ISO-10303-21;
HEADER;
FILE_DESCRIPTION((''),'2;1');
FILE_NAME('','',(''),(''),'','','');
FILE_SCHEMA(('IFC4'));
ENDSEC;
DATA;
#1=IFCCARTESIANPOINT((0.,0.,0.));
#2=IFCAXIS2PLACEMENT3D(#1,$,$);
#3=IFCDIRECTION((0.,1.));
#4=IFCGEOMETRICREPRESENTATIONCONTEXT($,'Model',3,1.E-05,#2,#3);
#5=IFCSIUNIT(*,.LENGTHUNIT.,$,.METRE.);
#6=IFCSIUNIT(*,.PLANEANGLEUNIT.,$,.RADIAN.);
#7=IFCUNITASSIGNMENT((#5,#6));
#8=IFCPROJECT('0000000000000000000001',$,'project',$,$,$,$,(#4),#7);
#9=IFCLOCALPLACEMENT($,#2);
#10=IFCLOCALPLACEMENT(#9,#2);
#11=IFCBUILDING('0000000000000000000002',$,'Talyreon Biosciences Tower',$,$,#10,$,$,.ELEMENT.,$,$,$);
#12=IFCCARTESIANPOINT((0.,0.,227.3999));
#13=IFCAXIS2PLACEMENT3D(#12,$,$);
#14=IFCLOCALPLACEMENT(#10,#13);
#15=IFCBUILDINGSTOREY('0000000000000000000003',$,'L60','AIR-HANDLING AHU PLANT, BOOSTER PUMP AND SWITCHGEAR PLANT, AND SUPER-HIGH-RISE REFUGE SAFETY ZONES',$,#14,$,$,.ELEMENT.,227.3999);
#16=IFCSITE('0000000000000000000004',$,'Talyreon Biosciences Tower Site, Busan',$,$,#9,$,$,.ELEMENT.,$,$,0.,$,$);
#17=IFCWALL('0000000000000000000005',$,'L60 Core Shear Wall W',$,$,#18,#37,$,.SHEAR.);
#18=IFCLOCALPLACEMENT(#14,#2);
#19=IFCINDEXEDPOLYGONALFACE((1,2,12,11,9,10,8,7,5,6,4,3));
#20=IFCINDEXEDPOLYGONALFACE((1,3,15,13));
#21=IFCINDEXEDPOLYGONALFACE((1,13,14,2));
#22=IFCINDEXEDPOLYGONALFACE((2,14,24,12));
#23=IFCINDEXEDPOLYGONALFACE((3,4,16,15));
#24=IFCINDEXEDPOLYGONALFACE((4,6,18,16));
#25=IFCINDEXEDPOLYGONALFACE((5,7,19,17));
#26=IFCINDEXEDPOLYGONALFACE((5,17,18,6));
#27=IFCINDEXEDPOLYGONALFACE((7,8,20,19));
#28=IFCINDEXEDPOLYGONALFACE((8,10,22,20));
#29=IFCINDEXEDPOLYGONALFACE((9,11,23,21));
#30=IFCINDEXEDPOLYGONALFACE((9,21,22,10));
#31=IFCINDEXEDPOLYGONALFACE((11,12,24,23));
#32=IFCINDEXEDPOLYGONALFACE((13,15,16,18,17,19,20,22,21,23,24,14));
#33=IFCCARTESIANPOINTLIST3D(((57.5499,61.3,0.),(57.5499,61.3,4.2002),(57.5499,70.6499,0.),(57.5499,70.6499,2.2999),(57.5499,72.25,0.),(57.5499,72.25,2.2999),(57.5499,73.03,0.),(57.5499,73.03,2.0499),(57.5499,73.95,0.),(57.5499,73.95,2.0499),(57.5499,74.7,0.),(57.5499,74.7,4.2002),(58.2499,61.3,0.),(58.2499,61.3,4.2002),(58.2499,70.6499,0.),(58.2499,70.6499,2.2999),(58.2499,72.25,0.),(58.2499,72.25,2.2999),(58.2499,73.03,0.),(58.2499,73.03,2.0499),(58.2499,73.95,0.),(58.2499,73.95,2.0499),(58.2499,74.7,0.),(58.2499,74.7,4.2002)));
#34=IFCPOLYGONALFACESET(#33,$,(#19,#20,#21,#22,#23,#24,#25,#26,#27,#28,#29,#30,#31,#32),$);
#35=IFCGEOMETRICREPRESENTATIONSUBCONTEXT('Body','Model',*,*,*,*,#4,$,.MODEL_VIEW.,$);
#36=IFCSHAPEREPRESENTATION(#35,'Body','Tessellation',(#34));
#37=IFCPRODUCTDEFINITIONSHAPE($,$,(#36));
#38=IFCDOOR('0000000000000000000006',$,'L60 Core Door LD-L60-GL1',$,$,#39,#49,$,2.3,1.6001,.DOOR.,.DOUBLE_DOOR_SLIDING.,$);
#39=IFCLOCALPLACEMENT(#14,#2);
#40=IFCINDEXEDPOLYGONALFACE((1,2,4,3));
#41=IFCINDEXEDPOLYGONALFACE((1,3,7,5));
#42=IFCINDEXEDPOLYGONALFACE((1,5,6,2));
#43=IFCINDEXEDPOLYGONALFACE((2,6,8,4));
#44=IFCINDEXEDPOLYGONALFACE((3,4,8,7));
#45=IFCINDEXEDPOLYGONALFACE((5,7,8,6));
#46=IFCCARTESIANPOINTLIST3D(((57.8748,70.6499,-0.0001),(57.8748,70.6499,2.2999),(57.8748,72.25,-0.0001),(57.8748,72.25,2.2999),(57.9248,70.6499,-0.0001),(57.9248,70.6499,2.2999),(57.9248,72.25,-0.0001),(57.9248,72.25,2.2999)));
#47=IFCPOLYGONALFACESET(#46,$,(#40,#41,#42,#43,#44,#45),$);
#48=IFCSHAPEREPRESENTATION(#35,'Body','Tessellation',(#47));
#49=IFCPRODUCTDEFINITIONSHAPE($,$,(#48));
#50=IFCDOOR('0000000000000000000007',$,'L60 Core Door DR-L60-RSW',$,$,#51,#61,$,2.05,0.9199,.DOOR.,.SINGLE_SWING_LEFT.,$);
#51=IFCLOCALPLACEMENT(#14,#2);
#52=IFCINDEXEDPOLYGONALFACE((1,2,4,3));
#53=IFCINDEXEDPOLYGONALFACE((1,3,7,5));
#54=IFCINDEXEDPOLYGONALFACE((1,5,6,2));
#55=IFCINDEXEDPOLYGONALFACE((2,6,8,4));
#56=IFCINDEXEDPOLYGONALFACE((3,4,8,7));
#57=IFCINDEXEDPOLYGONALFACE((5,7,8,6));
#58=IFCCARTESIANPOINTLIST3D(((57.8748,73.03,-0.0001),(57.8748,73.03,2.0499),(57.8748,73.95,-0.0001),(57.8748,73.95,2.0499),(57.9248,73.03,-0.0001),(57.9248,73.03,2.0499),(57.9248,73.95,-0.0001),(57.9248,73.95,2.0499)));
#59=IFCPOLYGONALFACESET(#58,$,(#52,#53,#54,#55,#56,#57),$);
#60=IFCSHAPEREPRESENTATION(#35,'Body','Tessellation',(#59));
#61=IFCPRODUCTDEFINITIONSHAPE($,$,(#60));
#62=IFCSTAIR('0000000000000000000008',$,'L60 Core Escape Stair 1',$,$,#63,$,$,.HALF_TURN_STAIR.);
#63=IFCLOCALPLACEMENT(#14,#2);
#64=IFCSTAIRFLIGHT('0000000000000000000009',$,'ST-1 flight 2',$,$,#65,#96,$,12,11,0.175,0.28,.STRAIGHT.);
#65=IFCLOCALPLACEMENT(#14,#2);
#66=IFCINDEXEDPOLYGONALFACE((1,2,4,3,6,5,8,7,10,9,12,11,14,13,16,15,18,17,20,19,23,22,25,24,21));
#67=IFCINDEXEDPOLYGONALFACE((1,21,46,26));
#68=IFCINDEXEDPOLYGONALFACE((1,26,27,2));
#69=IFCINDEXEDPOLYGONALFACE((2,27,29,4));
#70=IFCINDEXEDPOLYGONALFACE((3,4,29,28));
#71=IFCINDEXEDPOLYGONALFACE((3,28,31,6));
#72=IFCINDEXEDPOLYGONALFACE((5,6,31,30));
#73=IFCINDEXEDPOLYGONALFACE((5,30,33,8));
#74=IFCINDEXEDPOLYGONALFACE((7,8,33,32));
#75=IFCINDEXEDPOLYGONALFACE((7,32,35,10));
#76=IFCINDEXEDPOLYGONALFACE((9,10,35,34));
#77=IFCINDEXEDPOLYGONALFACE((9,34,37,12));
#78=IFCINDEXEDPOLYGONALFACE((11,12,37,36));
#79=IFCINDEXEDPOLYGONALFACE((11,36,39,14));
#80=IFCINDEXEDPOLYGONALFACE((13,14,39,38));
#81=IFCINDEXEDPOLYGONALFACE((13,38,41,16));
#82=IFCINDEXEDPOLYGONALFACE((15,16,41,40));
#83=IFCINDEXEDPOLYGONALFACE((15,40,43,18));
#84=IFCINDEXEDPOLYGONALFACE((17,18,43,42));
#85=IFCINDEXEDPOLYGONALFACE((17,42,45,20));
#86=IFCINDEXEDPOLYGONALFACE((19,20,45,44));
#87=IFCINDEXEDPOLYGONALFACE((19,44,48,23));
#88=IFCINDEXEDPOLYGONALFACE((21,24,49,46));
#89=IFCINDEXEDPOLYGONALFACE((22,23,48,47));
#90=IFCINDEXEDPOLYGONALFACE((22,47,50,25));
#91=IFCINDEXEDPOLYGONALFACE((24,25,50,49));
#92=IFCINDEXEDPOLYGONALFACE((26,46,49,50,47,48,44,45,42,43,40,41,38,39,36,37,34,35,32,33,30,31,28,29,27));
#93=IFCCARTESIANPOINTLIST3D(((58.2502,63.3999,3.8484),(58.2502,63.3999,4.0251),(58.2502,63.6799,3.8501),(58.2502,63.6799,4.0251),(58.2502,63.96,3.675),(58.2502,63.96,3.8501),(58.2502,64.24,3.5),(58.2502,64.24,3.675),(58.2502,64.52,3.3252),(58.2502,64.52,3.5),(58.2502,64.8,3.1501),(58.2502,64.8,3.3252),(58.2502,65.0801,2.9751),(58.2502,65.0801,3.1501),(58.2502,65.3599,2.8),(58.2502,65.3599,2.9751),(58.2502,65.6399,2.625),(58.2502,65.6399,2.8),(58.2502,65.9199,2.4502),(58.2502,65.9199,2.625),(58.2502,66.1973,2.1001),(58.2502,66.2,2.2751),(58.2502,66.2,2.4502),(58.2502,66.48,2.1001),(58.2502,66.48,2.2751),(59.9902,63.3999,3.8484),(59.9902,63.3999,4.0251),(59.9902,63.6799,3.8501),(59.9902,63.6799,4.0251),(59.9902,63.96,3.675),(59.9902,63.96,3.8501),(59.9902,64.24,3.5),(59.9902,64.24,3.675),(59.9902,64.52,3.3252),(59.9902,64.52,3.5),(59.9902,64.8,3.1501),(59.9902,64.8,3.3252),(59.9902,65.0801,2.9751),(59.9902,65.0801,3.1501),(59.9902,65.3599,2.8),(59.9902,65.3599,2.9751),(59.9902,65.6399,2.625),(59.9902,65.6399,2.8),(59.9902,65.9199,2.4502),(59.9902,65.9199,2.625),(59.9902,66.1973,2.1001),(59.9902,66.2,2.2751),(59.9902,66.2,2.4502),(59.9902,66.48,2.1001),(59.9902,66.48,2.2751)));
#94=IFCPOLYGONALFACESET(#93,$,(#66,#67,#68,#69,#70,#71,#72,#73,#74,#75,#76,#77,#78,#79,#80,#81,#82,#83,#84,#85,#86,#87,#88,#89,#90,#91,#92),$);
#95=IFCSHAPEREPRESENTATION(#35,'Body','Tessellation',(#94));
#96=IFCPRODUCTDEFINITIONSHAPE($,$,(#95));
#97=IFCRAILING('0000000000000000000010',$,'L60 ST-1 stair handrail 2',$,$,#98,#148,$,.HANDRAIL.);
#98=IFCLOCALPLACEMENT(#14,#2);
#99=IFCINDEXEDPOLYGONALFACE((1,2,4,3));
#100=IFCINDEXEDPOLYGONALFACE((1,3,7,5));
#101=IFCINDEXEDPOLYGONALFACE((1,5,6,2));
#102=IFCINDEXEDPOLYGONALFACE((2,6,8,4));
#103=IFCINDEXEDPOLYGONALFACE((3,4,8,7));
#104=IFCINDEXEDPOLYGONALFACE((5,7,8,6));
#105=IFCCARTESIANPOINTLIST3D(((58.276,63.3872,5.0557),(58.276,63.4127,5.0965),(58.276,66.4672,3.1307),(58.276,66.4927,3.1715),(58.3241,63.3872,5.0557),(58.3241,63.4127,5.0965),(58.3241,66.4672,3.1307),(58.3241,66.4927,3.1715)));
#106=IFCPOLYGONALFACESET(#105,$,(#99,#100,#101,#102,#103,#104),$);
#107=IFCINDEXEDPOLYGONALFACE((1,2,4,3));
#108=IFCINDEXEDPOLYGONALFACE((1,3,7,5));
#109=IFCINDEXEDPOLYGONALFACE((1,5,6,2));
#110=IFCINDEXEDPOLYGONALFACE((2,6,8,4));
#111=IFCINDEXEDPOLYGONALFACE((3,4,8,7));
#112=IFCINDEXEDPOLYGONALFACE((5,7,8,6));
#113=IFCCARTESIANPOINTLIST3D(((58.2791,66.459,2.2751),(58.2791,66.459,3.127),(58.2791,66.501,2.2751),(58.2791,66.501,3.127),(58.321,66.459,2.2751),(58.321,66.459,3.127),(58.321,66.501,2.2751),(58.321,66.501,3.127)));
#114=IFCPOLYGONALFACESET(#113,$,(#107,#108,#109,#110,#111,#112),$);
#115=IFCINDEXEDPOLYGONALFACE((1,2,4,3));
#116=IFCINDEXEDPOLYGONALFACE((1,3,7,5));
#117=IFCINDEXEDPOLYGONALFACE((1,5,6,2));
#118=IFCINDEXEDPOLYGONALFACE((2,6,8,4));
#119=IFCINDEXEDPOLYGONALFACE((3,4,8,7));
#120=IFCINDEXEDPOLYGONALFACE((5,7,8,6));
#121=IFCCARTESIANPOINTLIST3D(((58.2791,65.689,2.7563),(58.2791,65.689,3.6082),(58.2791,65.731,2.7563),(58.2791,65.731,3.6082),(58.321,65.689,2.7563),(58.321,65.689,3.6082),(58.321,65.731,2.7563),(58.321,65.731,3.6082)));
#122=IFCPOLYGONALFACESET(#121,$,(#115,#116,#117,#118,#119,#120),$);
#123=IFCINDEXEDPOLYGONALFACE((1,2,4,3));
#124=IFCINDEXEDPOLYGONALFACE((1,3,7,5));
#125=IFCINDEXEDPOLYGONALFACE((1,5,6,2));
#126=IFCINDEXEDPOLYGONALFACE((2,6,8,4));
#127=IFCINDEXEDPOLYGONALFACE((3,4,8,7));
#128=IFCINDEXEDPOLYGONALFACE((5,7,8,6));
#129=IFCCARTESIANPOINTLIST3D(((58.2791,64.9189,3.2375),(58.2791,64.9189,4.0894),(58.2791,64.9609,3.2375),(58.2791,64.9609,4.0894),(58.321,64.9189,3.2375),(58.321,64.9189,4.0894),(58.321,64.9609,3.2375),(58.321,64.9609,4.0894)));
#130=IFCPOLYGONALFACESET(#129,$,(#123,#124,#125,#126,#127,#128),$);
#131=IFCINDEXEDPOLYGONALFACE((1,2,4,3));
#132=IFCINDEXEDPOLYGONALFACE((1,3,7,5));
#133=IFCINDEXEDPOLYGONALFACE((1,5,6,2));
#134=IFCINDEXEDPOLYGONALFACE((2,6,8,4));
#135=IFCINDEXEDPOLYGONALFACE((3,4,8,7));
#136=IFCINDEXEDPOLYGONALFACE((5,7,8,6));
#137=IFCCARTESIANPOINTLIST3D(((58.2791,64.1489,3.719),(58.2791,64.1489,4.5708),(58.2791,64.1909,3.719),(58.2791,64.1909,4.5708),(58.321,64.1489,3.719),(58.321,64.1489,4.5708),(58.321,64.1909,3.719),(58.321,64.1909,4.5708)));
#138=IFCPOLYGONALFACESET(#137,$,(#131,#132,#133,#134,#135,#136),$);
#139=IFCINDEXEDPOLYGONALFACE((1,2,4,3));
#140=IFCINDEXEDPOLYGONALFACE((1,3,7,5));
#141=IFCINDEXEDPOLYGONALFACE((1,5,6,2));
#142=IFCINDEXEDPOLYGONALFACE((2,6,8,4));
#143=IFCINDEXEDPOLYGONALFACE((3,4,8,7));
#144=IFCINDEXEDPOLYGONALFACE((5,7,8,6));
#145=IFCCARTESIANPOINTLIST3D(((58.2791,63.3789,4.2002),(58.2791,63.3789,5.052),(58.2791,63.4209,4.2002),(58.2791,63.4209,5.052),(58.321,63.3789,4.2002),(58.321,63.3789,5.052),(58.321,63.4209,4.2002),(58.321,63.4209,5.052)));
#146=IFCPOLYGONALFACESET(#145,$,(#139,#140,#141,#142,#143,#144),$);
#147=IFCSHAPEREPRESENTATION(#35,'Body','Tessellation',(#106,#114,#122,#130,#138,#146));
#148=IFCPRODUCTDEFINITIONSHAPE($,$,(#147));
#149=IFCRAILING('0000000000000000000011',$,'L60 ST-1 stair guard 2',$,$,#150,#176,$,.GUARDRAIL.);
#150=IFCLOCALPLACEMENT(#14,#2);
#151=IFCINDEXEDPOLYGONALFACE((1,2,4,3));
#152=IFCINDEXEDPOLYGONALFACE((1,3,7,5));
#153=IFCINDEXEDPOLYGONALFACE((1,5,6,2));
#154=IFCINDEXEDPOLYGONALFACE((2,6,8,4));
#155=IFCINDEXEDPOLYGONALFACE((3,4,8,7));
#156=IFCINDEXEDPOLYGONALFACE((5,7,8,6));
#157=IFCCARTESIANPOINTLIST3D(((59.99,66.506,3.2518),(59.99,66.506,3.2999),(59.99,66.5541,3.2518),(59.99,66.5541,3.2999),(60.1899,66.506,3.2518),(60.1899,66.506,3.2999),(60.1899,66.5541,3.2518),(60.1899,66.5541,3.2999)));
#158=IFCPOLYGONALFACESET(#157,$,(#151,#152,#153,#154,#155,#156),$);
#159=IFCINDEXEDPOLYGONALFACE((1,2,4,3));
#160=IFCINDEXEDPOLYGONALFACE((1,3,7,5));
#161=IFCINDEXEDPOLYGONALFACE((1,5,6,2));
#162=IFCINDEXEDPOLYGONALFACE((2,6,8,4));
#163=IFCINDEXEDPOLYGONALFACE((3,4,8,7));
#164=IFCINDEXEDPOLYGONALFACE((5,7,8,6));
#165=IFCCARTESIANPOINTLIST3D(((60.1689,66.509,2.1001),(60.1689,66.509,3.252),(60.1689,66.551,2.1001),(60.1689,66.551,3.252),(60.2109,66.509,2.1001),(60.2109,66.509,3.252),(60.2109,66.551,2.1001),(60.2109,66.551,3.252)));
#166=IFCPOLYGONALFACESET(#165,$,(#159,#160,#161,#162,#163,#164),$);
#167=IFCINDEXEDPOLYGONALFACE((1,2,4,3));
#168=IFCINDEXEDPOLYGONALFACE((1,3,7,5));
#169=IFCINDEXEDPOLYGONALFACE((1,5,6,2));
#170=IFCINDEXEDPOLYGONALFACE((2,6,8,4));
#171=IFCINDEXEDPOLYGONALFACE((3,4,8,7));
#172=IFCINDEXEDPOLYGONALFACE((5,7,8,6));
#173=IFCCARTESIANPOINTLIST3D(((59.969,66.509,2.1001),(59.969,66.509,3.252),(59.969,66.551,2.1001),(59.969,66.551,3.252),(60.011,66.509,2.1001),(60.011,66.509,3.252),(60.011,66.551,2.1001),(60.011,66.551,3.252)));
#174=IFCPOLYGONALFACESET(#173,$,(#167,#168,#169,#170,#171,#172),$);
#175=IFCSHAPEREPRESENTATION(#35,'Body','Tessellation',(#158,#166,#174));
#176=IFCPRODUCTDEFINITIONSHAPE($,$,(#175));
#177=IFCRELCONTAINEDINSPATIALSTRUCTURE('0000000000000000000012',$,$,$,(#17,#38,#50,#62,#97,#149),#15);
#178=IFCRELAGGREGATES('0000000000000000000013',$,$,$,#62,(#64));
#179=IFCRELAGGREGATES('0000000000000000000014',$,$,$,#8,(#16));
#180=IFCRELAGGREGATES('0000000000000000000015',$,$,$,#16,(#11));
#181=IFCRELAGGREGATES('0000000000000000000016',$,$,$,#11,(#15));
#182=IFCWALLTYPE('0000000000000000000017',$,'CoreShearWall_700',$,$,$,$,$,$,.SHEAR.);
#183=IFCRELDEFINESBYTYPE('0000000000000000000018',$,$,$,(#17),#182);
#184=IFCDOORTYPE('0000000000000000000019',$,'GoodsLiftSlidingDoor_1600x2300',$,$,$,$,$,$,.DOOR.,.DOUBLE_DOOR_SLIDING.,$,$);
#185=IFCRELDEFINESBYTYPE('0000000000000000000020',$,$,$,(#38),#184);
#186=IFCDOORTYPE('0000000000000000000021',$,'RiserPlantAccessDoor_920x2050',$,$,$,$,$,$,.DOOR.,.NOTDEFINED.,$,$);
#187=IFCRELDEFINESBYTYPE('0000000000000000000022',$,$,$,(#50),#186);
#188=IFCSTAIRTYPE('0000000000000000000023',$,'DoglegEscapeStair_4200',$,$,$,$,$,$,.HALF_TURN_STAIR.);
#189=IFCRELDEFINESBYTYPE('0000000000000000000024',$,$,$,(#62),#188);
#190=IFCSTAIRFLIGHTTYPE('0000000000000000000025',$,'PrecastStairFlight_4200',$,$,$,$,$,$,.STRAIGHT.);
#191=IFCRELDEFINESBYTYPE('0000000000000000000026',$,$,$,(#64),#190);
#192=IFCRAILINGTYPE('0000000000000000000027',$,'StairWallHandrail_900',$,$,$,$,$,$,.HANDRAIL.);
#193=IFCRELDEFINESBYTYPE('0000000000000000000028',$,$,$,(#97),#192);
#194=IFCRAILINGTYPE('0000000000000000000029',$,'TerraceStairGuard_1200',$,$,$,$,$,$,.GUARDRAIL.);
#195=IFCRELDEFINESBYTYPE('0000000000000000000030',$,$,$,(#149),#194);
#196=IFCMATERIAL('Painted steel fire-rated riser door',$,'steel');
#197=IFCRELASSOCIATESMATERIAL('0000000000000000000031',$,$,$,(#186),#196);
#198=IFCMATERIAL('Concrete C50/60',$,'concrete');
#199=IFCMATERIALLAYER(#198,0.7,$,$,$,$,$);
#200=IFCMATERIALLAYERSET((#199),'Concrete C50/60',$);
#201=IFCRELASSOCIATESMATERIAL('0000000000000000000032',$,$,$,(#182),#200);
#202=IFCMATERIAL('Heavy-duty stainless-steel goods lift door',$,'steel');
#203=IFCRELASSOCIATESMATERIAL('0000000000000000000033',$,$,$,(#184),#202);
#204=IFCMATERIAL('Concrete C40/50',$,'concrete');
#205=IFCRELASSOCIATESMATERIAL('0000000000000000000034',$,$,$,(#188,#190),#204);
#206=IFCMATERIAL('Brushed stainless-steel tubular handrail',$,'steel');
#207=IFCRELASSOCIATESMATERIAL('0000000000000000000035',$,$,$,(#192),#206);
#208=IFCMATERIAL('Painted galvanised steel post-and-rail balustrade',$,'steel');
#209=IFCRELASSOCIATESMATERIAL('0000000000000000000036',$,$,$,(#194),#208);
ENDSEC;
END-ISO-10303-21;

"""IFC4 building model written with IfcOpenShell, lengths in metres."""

from ifc_helpers import new_model, si_unit, direction, frame, frame_2d, origin, origin_2d, place, context, subcontext, project, spatial, polyline, rectangle, outline, extrude, material, layer, layer_set, type_object, element, fill, aggregate, save


model = new_model("IFC4")

# Units and contexts
model_context = context("Model", 3, precision=1e-05, world=origin(), true_north=direction((0.0, 1.0)))
body_context = subcontext(model_context, "Body", "Model", "MODEL_VIEW")
ifc_project = project(units=[si_unit("LENGTHUNIT", "METRE"), si_unit("PLANEANGLEUNIT", "RADIAN")], contexts=[model_context])

# Site, building, storey
site_placement = place(None, origin())
site = spatial("IfcSite", under=ifc_project, at=site_placement, Name="Talyreon Biosciences Tower Site, Busan", CompositionType="ELEMENT", RefElevation=0.0)
building_placement = place(site_placement, origin())
building = spatial("IfcBuilding", under=site, at=building_placement, Name="Talyreon Biosciences Tower", CompositionType="ELEMENT")
storey_placement = place(building_placement, frame((0.0, 0.0, 227.3999)))
storey = spatial("IfcBuildingStorey", under=building, at=storey_placement, Name="L60", Description="AIR-HANDLING AHU PLANT, BOOSTER PUMP AND SWITCHGEAR PLANT, AND SUPER-HIGH-RISE REFUGE SAFETY ZONES", CompositionType="ELEMENT", Elevation=227.3999)

# Shared definitions
ifc_material_1 = material(Name="Concrete C50/60", Category="concrete")

# Shared definitions
ifc_material_2 = material(Name="Painted steel fire-rated riser door", Category="steel")
door_type_1 = type_object("IfcDoorType", Name="RiserPlantAccessDoor_920x2050", OperationType="NOTDEFINED", PredefinedType="DOOR", material=ifc_material_2)

# Shared definitions
ifc_layer_1 = layer(ifc_material_1, 0.7)
ifc_layer_set_1 = layer_set([ifc_layer_1], Name="Concrete C50/60")
wall_type_1 = type_object("IfcWallType", Name="CoreShearWall_700", PredefinedType="SHEAR", material=ifc_layer_set_1)

# Wall, openings, doors
wall_1_placement = place(storey_placement, frame((57.8999, 74.7, 0.0), z_axis=(0.0, 0.0, 1.0), x_axis=(0.0, -1.0, 0.0)))
wall_1 = element("IfcWall", 1, at=wall_1_placement, inside=storey, type_object=wall_type_1, Name="L60 Core Shear Wall W", PredefinedType="SHEAR", context=body_context, shape_type="SweptSolid", body=[
    extrude(rectangle(XDim=13.3999, YDim=0.7, at=frame_2d((6.7, 0.0))), origin(), (0.0, 0.0, 1.0), 4.2002),
])
opening_1_placement = place(wall_1_placement, frame((0.75, 0.0, 0.0)))
opening_1 = element("IfcOpeningElement", 2, at=opening_1_placement, cuts=wall_1, PredefinedType="OPENING", context=body_context, shape_type="SweptSolid", body=[
    extrude(rectangle(XDim=0.9199, YDim=2.05, at=frame_2d((0.46, 1.0249))), frame((0.0, 0.3599, 0.0), z_axis=(0.0, -1.0, 0.0), x_axis=(1.0, 0.0, 0.0)), (0.0, 0.0, 1.0), 0.72),
])
opening_2_placement = place(wall_1_placement, frame((2.45, 0.0, 0.0)))
opening_2 = element("IfcOpeningElement", 3, at=opening_2_placement, cuts=wall_1, PredefinedType="OPENING", context=body_context, shape_type="SweptSolid", body=[
    extrude(rectangle(XDim=1.6001, YDim=2.3, at=frame_2d((0.8, 1.1499))), frame((0.0, 0.3599, 0.0), z_axis=(0.0, -1.0, 0.0), x_axis=(1.0, 0.0, 0.0)), (0.0, 0.0, 1.0), 0.72),
])
ifc_material_3 = material(Name="Heavy-duty stainless-steel goods lift door", Category="steel")
door_type_2 = type_object("IfcDoorType", Name="GoodsLiftSlidingDoor_1600x2300", OperationType="DOUBLE_DOOR_SLIDING", PredefinedType="DOOR", material=ifc_material_3)
door_1_placement = place(opening_2_placement, origin())
door_1 = element("IfcDoor", 4, at=door_1_placement, inside=storey, type_object=door_type_2, Name="L60 Core Door LD-L60-GL1", OperationType="DOUBLE_DOOR_SLIDING", OverallHeight=2.3, OverallWidth=1.6001, PredefinedType="DOOR", context=body_context, shape_type="SweptSolid", body=[
    extrude(rectangle(XDim=1.6001, YDim=2.3, at=frame_2d((0.8, 1.1499))), frame((0.0, 0.0249, 0.0), z_axis=(0.0, -1.0, 0.0), x_axis=(1.0, 0.0, 0.0)), (0.0, 0.0, 1.0), 0.05),
])
fill(opening_2, door_1)
door_2_placement = place(opening_1_placement, origin())
door_2 = element("IfcDoor", 5, at=door_2_placement, inside=storey, type_object=door_type_1, Name="L60 Core Door DR-L60-RSW", OperationType="SINGLE_SWING_LEFT", OverallHeight=2.05, OverallWidth=0.9199, PredefinedType="DOOR", context=body_context, shape_type="SweptSolid", body=[
    extrude(rectangle(XDim=0.9199, YDim=2.05, at=frame_2d((0.46, 1.0249))), frame((0.0, 0.0249, 0.0), z_axis=(0.0, -1.0, 0.0), x_axis=(1.0, 0.0, 0.0)), (0.0, 0.0, 1.0), 0.05),
])
fill(opening_1, door_2)

# Stair, stair flight
ifc_material_4 = material(Name="Concrete C40/50", Category="concrete")
stair_type = type_object("IfcStairType", Name="DoglegEscapeStair_4200", PredefinedType="HALF_TURN_STAIR", material=ifc_material_4)
stair_placement = place(storey_placement, origin())
stair = element("IfcStair", 6, at=stair_placement, inside=storey, type_object=stair_type, Name="L60 Core Escape Stair 1", PredefinedType="HALF_TURN_STAIR")
stair_flight_type = type_object("IfcStairFlightType", Name="PrecastStairFlight_4200", PredefinedType="STRAIGHT", material=ifc_material_4)
stair_flight_placement = place(storey_placement, frame((59.1201, 66.48, 2.1001), z_axis=(0.0, 0.0, 1.0), x_axis=(0.0, -1.0, 0.0)))
stair_flight = element("IfcStairFlight", 7, at=stair_flight_placement, type_object=stair_flight_type, Name="ST-1 flight 2", NumberOfRisers=12, NumberOfTreads=11, PredefinedType="STRAIGHT", RiserHeight=0.175, TreadLength=0.28, context=body_context, shape_type="SweptSolid", body=[
    extrude(outline(polyline([(0.0, 0.0), (0.0, 0.175), (0.28, 0.175), (0.28, 0.3501), (0.5601, 0.3501), (0.5601, 0.5249), (0.8401, 0.5249), (0.8401, 0.7), (1.1201, 0.7), (1.1201, 0.875), (1.3999, 0.875), (1.3999, 1.05), (1.6799, 1.05), (1.6799, 1.2251), (1.96, 1.2251), (1.96, 1.3999), (2.24, 1.3999), (2.24, 1.575), (2.52, 1.575), (2.52, 1.75), (2.8, 1.75), (2.8, 1.925), (3.0801, 1.925), (3.0801, 2.1001), (3.0801, 1.7483), (0.2827, 0.0), (0.0, 0.0)])), frame((0.0, 0.8701, 0.0), z_axis=(0.0, -1.0, 0.0), x_axis=(1.0, 0.0, 0.0)), (0.0, 0.0, 1.0), 1.74),
])
aggregate(stair, [stair_flight])

# Railings
ifc_material_5 = material(Name="Brushed stainless-steel tubular handrail", Category="steel")
railing_type_1 = type_object("IfcRailingType", Name="StairWallHandrail_900", PredefinedType="HANDRAIL", material=ifc_material_5)
railing_1_placement = place(storey_placement, frame((58.3, 66.48, 2.2751)))
element("IfcRailing", 8, at=railing_1_placement, inside=storey, type_object=railing_type_1, Name="L60 ST-1 stair handrail 2", PredefinedType="HANDRAIL", context=body_context, shape_type="SweptSolid", body=[
    extrude(rectangle(XDim=0.0481, YDim=0.0481, at=origin_2d()), frame((0.0, 0.0, 0.876), z_axis=(0.0, -0.847998, 0.529999), x_axis=(1.0, 0.0, 0.0)), (0.0, 0.0, 1.0), 3.6321),
    extrude(rectangle(XDim=0.042, YDim=0.042, at=origin_2d()), origin(), (0.0, 0.0, 1.0), 0.8518),
    extrude(rectangle(XDim=0.042, YDim=0.042, at=origin_2d()), frame((0.0, -0.77, 0.4812)), (0.0, 0.0, 1.0), 0.8518),
    extrude(rectangle(XDim=0.042, YDim=0.042, at=origin_2d()), frame((0.0, -1.54, 0.9624)), (0.0, 0.0, 1.0), 0.8518),
    extrude(rectangle(XDim=0.042, YDim=0.042, at=origin_2d()), frame((0.0, -2.3101, 1.4438)), (0.0, 0.0, 1.0), 0.8518),
    extrude(rectangle(XDim=0.042, YDim=0.042, at=origin_2d()), frame((0.0, -3.0801, 1.925)), (0.0, 0.0, 1.0), 0.8518),
])
ifc_material_6 = material(Name="Painted galvanised steel post-and-rail balustrade", Category="steel")
railing_type_2 = type_object("IfcRailingType", Name="TerraceStairGuard_1200", PredefinedType="GUARDRAIL", material=ifc_material_6)
railing_2_placement = place(storey_placement, frame((60.1899, 66.53, 2.1001)))
element("IfcRailing", 9, at=railing_2_placement, inside=storey, type_object=railing_type_2, Name="L60 ST-1 stair guard 2", PredefinedType="GUARDRAIL", context=body_context, shape_type="SweptSolid", body=[
    extrude(rectangle(XDim=0.0481, YDim=0.0481, at=origin_2d()), frame((0.0, 0.0, 1.1758), z_axis=(-1.0, 0.0, 0.0), x_axis=(0.0, -1.0, 0.0)), (0.0, 0.0, 1.0), 0.2),
    extrude(rectangle(XDim=0.042, YDim=0.042, at=origin_2d()), origin(), (0.0, 0.0, 1.0), 1.1519),
    extrude(rectangle(XDim=0.042, YDim=0.042, at=origin_2d()), frame((-0.2, 0.0, 0.0)), (0.0, 0.0, 1.0), 1.1519),
])

save(model, "model.ifc")
